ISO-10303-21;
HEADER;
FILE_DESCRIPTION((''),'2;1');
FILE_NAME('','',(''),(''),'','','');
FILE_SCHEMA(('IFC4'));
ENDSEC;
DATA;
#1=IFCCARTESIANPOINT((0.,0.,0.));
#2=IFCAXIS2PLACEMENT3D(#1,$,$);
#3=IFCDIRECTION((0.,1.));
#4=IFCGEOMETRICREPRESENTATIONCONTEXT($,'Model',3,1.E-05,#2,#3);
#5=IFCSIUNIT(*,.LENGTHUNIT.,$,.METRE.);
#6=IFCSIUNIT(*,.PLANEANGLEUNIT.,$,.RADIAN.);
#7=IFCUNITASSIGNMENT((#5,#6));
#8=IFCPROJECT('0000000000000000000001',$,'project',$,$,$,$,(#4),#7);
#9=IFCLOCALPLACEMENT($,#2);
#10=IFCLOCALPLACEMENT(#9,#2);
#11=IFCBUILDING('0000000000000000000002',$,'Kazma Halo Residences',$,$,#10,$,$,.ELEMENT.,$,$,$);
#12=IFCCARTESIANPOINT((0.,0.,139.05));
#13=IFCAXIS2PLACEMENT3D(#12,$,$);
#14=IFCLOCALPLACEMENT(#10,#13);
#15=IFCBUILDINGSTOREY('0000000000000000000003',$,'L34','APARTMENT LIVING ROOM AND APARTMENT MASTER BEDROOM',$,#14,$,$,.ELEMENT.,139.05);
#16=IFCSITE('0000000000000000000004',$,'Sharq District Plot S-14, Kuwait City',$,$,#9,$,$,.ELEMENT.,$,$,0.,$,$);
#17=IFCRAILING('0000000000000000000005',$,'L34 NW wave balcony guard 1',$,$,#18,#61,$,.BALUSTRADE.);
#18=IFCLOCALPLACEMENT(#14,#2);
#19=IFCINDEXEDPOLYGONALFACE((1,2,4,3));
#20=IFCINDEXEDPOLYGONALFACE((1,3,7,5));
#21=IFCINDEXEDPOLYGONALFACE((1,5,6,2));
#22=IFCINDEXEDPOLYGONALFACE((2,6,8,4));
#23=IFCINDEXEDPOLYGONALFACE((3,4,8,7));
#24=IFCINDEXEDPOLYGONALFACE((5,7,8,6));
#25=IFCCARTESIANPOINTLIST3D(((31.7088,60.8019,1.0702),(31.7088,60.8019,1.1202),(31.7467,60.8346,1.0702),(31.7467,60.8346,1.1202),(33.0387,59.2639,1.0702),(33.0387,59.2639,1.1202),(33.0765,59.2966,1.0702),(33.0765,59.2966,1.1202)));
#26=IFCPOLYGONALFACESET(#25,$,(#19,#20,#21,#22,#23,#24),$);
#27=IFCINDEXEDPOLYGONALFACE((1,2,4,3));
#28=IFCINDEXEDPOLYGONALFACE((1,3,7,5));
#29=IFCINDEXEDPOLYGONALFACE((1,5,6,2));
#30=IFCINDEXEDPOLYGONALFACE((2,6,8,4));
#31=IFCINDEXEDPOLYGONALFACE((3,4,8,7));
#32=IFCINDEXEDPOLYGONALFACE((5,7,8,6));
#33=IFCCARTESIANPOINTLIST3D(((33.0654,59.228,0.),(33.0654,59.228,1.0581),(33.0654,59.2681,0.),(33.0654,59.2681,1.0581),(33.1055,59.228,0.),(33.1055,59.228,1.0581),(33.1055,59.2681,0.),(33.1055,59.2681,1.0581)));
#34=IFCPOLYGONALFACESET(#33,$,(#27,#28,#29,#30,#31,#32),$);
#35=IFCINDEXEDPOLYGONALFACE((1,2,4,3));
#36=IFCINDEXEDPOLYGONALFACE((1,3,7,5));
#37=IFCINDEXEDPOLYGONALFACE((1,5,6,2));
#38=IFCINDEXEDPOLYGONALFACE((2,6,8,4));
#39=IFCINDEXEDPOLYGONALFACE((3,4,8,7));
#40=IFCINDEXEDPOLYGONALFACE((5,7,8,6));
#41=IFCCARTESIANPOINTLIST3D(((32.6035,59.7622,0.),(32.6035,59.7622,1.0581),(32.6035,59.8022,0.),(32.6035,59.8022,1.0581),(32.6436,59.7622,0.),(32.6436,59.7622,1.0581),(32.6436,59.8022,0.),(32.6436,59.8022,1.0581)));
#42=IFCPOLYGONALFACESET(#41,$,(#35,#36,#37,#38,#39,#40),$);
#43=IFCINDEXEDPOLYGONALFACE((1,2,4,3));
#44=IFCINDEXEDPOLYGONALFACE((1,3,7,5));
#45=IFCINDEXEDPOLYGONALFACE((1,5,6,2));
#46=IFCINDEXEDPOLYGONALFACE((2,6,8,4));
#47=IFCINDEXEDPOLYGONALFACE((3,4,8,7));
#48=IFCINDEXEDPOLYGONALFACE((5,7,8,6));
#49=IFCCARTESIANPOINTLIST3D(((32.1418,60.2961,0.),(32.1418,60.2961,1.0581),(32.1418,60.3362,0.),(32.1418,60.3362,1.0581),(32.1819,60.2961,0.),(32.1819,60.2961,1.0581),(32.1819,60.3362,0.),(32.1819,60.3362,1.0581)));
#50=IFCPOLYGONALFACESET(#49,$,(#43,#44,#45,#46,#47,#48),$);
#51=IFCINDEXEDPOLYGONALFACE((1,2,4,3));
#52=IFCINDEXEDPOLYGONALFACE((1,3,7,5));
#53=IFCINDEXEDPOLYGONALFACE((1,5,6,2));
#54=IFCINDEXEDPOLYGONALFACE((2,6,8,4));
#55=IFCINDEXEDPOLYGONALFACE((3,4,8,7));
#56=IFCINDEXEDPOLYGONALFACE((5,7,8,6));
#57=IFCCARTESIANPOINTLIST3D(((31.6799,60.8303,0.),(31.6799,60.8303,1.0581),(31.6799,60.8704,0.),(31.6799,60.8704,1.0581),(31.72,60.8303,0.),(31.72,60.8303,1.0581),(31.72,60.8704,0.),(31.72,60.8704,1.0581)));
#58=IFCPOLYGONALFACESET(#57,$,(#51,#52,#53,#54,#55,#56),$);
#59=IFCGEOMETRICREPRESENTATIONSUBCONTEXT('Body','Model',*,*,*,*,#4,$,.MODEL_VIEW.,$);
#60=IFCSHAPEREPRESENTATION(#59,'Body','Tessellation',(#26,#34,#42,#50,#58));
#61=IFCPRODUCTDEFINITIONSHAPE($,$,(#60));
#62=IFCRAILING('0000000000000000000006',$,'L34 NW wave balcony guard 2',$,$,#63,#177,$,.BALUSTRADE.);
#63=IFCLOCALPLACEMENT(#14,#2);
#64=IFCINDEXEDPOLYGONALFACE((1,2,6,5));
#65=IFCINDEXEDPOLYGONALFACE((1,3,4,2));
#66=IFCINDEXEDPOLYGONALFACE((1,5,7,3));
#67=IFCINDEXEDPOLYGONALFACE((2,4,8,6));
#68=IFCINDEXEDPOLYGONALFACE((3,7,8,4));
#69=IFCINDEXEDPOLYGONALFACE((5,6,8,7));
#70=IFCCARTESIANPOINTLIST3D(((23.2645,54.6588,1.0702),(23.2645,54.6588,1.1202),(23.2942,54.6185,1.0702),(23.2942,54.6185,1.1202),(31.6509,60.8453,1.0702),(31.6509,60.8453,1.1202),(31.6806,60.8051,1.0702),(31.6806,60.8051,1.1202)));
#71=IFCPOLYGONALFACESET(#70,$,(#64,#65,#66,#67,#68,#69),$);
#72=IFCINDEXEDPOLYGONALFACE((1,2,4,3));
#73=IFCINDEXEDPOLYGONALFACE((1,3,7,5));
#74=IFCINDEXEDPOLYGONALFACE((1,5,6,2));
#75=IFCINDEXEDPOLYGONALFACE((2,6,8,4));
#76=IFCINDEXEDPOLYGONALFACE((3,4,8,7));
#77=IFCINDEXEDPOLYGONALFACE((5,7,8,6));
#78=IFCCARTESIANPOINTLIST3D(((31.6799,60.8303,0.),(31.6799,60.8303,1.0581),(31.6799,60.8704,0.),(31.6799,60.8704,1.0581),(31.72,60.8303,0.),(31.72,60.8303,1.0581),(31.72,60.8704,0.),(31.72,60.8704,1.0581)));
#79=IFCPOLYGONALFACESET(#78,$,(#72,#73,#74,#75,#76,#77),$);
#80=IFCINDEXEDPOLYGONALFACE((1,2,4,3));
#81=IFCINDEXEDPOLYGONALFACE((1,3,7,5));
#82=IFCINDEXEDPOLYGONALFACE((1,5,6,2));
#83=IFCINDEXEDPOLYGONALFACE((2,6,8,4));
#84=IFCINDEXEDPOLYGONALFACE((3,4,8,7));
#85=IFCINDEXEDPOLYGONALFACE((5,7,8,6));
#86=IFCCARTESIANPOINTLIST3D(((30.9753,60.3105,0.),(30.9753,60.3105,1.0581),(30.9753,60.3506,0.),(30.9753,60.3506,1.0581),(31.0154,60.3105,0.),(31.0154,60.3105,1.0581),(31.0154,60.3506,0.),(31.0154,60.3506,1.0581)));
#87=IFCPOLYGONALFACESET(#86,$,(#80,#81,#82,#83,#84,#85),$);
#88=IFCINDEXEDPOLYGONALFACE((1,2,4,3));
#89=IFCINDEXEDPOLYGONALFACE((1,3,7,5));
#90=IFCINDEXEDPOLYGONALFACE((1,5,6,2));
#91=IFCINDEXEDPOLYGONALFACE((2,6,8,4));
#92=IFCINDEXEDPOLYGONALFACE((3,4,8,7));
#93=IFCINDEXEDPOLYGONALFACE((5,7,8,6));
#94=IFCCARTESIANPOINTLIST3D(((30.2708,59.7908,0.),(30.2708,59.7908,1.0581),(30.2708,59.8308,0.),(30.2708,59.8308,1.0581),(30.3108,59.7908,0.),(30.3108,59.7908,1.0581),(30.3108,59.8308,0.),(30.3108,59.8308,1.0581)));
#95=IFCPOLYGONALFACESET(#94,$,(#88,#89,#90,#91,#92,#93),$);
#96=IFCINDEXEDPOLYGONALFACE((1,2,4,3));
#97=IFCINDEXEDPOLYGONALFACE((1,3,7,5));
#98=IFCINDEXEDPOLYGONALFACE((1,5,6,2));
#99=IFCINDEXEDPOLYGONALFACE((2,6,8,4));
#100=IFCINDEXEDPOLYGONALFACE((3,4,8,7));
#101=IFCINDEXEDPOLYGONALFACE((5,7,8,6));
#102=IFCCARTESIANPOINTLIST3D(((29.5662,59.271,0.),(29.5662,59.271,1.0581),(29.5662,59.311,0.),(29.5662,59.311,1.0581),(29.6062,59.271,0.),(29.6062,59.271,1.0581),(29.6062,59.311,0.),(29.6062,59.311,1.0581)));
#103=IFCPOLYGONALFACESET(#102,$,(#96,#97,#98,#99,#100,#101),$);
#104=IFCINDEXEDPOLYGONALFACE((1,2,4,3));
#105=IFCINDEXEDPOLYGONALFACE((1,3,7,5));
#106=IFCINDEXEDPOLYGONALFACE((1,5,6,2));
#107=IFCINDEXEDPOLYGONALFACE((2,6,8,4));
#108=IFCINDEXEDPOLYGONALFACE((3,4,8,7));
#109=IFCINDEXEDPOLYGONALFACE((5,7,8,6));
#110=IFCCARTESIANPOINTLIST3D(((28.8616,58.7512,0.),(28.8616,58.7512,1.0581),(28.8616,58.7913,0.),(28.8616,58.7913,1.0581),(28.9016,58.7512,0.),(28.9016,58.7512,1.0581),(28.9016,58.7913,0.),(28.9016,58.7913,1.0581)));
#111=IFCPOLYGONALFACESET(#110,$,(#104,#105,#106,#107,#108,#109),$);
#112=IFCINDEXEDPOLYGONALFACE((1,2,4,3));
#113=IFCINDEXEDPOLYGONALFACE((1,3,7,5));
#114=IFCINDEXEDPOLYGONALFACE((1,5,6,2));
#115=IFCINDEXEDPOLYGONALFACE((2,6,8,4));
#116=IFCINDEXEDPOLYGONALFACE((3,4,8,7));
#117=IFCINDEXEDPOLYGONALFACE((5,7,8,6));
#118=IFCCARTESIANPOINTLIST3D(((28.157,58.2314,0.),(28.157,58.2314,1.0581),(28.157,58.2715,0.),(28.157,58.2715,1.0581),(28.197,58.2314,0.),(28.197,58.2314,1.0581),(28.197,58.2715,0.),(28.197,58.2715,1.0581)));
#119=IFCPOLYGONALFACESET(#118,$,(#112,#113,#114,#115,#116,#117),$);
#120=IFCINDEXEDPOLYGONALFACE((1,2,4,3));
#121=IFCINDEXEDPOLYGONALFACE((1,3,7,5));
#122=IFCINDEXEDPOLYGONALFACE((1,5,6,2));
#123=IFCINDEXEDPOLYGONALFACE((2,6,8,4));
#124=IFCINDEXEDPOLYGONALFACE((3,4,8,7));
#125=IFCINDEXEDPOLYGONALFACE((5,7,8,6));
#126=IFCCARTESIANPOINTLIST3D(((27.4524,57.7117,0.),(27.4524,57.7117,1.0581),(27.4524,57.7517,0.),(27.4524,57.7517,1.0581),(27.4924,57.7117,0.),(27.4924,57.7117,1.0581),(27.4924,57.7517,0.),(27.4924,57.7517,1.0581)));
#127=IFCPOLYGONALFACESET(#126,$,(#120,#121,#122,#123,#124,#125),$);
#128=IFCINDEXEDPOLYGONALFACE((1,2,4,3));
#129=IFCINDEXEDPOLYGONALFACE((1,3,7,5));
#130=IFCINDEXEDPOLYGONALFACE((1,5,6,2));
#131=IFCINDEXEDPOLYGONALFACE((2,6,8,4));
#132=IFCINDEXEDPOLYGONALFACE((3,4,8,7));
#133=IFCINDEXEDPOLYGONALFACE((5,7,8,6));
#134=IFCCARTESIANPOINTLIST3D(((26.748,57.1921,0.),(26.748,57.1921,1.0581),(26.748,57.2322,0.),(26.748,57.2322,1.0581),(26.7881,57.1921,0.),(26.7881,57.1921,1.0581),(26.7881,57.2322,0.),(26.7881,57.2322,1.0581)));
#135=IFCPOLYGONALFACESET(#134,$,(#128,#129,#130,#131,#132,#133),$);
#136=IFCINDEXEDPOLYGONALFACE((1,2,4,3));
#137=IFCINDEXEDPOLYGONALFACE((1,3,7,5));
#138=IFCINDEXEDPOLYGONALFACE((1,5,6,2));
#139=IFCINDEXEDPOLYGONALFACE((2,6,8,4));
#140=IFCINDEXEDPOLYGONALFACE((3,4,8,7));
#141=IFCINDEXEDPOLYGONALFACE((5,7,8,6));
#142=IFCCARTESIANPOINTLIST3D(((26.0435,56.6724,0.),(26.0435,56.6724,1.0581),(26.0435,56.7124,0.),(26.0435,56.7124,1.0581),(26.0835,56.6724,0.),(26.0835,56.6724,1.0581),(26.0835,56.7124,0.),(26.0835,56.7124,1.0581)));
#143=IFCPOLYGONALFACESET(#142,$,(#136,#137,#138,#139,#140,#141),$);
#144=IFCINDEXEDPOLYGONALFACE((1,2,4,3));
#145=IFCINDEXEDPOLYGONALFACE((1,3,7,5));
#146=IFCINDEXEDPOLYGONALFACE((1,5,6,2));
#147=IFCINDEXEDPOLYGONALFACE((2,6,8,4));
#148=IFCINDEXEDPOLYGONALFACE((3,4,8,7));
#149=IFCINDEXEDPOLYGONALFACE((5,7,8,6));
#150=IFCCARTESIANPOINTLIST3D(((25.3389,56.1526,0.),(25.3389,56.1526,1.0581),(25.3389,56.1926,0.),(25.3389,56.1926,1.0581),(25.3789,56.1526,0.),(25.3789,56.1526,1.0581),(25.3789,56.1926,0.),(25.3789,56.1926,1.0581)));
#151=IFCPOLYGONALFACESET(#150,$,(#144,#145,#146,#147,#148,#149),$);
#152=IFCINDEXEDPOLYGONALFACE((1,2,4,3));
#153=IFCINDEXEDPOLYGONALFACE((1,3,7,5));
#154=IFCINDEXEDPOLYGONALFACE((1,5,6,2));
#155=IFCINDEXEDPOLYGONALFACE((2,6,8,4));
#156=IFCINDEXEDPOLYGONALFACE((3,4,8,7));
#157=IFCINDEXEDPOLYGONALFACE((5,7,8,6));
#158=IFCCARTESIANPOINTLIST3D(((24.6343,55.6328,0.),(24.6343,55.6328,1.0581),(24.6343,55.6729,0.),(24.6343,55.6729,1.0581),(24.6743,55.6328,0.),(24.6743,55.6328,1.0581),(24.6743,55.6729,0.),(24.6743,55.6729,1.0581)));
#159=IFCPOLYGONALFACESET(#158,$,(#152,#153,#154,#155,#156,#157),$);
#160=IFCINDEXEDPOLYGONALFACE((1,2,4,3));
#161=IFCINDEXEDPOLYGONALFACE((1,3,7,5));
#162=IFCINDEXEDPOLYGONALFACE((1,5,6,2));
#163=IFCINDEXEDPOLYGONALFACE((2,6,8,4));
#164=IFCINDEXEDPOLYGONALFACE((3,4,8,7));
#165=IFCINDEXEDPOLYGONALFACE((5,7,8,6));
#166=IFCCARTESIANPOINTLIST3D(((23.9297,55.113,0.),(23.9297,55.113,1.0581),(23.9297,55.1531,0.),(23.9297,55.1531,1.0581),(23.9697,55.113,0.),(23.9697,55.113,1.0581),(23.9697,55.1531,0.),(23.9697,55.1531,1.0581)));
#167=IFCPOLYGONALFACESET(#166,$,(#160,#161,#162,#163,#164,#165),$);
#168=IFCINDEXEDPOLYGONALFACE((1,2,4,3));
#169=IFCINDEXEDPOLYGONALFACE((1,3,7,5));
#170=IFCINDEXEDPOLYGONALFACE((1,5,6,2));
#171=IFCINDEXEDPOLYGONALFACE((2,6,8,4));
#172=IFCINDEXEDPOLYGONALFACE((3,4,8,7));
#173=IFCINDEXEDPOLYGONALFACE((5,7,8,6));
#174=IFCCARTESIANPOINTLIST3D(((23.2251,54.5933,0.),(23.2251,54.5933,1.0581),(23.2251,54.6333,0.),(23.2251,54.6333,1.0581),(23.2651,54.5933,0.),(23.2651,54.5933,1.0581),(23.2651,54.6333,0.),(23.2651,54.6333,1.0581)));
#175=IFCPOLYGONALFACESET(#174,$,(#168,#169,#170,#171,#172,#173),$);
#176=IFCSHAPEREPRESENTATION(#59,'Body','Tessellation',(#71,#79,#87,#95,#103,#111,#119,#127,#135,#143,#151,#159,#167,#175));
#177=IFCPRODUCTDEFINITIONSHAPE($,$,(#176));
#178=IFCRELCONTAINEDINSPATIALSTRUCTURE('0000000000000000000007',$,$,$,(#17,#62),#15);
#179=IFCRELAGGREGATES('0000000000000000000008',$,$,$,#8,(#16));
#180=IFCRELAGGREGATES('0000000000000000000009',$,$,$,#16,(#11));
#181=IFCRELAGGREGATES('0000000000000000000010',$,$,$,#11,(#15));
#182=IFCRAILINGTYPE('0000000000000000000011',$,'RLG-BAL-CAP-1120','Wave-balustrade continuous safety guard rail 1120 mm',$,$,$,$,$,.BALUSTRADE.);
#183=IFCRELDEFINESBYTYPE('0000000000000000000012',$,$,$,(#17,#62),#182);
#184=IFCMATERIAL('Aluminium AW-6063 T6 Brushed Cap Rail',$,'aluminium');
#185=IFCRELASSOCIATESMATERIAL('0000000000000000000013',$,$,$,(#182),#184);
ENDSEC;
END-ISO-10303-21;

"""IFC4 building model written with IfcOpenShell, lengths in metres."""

from ifc_helpers import new_model, si_unit, direction, frame, origin, origin_2d, place, context, subcontext, project, spatial, rectangle, extrude, material, type_object, element, save


model = new_model("IFC4")

# Units and contexts
model_context = context("Model", 3, precision=1e-05, world=origin(), true_north=direction((0.0, 1.0)))
body_context = subcontext(model_context, "Body", "Model", "MODEL_VIEW")
ifc_project = project(units=[si_unit("LENGTHUNIT", "METRE"), si_unit("PLANEANGLEUNIT", "RADIAN")], contexts=[model_context])

# Site, building, storey
site_placement = place(None, origin())
site = spatial("IfcSite", under=ifc_project, at=site_placement, Name="Sharq District Plot S-14, Kuwait City", CompositionType="ELEMENT", RefElevation=0.0)
building_placement = place(site_placement, origin())
building = spatial("IfcBuilding", under=site, at=building_placement, Name="Kazma Halo Residences", CompositionType="ELEMENT")
storey_placement = place(building_placement, frame((0.0, 0.0, 139.05)))
storey = spatial("IfcBuildingStorey", under=building, at=storey_placement, Name="L34", Description="APARTMENT LIVING ROOM AND APARTMENT MASTER BEDROOM", CompositionType="ELEMENT", Elevation=139.05)

# Railings
ifc_material_1 = material(Name="Aluminium AW-6063 T6 Brushed Cap Rail", Category="aluminium")
railing_type = type_object("IfcRailingType", Name="RLG-BAL-CAP-1120", Description="Wave-balustrade continuous safety guard rail 1120 mm", PredefinedType="BALUSTRADE", material=ifc_material_1)
railing_1_placement = place(storey_placement, frame((33.0854, 59.248, 0.0)))
element("IfcRailing", 1, at=railing_1_placement, inside=storey, type_object=railing_type, Name="L34 NW wave balcony guard 1", PredefinedType="BALUSTRADE", context=body_context, shape_type="SweptSolid", body=[
    extrude(rectangle(XDim=0.05, YDim=0.05, at=origin_2d()), frame((-0.0278, 0.0322, 1.0952), z_axis=(-0.654079, 0.756426, 0.0), x_axis=(-0.756426, -0.654079, 0.0)), (0.0, 0.0, 1.0), 2.0332),
    extrude(rectangle(XDim=0.04, YDim=0.04, at=origin_2d()), origin(), (0.0, 0.0, 1.0), 1.0581),
    extrude(rectangle(XDim=0.04, YDim=0.04, at=origin_2d()), frame((-0.4619, 0.5342, 0.0)), (0.0, 0.0, 1.0), 1.0581),
    extrude(rectangle(XDim=0.04, YDim=0.04, at=origin_2d()), frame((-0.9236, 1.0681, 0.0)), (0.0, 0.0, 1.0), 1.0581),
    extrude(rectangle(XDim=0.04, YDim=0.04, at=origin_2d()), frame((-1.3855, 1.6023, 0.0)), (0.0, 0.0, 1.0), 1.0581),
])
railing_2_placement = place(storey_placement, frame((31.7, 60.8503, 0.0)))
element("IfcRailing", 2, at=railing_2_placement, inside=storey, type_object=railing_type, Name="L34 NW wave balcony guard 2", PredefinedType="BALUSTRADE", context=body_context, shape_type="SweptSolid", body=[
    extrude(rectangle(XDim=0.05, YDim=0.05, at=origin_2d()), frame((-0.0342, -0.0251, 1.0952), z_axis=(-0.804729, -0.593642, 0.0), x_axis=(0.593642, -0.804729, 0.0)), (0.0, 0.0, 1.0), 10.4214),
    extrude(rectangle(XDim=0.04, YDim=0.04, at=origin_2d()), origin(), (0.0, 0.0, 1.0), 1.0581),
    extrude(rectangle(XDim=0.04, YDim=0.04, at=origin_2d()), frame((-0.7046, -0.5198, 0.0)), (0.0, 0.0, 1.0), 1.0581),
    extrude(rectangle(XDim=0.04, YDim=0.04, at=origin_2d()), frame((-1.4092, -1.0396, 0.0)), (0.0, 0.0, 1.0), 1.0581),
    extrude(rectangle(XDim=0.04, YDim=0.04, at=origin_2d()), frame((-2.1138, -1.5593, 0.0)), (0.0, 0.0, 1.0), 1.0581),
    extrude(rectangle(XDim=0.04, YDim=0.04, at=origin_2d()), frame((-2.8184, -2.0791, 0.0)), (0.0, 0.0, 1.0), 1.0581),
    extrude(rectangle(XDim=0.04, YDim=0.04, at=origin_2d()), frame((-3.5229, -2.5989, 0.0)), (0.0, 0.0, 1.0), 1.0581),
    extrude(rectangle(XDim=0.04, YDim=0.04, at=origin_2d()), frame((-4.2275, -3.1187, 0.0)), (0.0, 0.0, 1.0), 1.0581),
    extrude(rectangle(XDim=0.04, YDim=0.04, at=origin_2d()), frame((-4.9319, -3.6382, 0.0)), (0.0, 0.0, 1.0), 1.0581),
    extrude(rectangle(XDim=0.04, YDim=0.04, at=origin_2d()), frame((-5.6365, -4.158, 0.0)), (0.0, 0.0, 1.0), 1.0581),
    extrude(rectangle(XDim=0.04, YDim=0.04, at=origin_2d()), frame((-6.3411, -4.6777, 0.0)), (0.0, 0.0, 1.0), 1.0581),
    extrude(rectangle(XDim=0.04, YDim=0.04, at=origin_2d()), frame((-7.0457, -5.1975, 0.0)), (0.0, 0.0, 1.0), 1.0581),
    extrude(rectangle(XDim=0.04, YDim=0.04, at=origin_2d()), frame((-7.7502, -5.7173, 0.0)), (0.0, 0.0, 1.0), 1.0581),
    extrude(rectangle(XDim=0.04, YDim=0.04, at=origin_2d()), frame((-8.4548, -6.2371, 0.0)), (0.0, 0.0, 1.0), 1.0581),
])

save(model, "model.ifc")
